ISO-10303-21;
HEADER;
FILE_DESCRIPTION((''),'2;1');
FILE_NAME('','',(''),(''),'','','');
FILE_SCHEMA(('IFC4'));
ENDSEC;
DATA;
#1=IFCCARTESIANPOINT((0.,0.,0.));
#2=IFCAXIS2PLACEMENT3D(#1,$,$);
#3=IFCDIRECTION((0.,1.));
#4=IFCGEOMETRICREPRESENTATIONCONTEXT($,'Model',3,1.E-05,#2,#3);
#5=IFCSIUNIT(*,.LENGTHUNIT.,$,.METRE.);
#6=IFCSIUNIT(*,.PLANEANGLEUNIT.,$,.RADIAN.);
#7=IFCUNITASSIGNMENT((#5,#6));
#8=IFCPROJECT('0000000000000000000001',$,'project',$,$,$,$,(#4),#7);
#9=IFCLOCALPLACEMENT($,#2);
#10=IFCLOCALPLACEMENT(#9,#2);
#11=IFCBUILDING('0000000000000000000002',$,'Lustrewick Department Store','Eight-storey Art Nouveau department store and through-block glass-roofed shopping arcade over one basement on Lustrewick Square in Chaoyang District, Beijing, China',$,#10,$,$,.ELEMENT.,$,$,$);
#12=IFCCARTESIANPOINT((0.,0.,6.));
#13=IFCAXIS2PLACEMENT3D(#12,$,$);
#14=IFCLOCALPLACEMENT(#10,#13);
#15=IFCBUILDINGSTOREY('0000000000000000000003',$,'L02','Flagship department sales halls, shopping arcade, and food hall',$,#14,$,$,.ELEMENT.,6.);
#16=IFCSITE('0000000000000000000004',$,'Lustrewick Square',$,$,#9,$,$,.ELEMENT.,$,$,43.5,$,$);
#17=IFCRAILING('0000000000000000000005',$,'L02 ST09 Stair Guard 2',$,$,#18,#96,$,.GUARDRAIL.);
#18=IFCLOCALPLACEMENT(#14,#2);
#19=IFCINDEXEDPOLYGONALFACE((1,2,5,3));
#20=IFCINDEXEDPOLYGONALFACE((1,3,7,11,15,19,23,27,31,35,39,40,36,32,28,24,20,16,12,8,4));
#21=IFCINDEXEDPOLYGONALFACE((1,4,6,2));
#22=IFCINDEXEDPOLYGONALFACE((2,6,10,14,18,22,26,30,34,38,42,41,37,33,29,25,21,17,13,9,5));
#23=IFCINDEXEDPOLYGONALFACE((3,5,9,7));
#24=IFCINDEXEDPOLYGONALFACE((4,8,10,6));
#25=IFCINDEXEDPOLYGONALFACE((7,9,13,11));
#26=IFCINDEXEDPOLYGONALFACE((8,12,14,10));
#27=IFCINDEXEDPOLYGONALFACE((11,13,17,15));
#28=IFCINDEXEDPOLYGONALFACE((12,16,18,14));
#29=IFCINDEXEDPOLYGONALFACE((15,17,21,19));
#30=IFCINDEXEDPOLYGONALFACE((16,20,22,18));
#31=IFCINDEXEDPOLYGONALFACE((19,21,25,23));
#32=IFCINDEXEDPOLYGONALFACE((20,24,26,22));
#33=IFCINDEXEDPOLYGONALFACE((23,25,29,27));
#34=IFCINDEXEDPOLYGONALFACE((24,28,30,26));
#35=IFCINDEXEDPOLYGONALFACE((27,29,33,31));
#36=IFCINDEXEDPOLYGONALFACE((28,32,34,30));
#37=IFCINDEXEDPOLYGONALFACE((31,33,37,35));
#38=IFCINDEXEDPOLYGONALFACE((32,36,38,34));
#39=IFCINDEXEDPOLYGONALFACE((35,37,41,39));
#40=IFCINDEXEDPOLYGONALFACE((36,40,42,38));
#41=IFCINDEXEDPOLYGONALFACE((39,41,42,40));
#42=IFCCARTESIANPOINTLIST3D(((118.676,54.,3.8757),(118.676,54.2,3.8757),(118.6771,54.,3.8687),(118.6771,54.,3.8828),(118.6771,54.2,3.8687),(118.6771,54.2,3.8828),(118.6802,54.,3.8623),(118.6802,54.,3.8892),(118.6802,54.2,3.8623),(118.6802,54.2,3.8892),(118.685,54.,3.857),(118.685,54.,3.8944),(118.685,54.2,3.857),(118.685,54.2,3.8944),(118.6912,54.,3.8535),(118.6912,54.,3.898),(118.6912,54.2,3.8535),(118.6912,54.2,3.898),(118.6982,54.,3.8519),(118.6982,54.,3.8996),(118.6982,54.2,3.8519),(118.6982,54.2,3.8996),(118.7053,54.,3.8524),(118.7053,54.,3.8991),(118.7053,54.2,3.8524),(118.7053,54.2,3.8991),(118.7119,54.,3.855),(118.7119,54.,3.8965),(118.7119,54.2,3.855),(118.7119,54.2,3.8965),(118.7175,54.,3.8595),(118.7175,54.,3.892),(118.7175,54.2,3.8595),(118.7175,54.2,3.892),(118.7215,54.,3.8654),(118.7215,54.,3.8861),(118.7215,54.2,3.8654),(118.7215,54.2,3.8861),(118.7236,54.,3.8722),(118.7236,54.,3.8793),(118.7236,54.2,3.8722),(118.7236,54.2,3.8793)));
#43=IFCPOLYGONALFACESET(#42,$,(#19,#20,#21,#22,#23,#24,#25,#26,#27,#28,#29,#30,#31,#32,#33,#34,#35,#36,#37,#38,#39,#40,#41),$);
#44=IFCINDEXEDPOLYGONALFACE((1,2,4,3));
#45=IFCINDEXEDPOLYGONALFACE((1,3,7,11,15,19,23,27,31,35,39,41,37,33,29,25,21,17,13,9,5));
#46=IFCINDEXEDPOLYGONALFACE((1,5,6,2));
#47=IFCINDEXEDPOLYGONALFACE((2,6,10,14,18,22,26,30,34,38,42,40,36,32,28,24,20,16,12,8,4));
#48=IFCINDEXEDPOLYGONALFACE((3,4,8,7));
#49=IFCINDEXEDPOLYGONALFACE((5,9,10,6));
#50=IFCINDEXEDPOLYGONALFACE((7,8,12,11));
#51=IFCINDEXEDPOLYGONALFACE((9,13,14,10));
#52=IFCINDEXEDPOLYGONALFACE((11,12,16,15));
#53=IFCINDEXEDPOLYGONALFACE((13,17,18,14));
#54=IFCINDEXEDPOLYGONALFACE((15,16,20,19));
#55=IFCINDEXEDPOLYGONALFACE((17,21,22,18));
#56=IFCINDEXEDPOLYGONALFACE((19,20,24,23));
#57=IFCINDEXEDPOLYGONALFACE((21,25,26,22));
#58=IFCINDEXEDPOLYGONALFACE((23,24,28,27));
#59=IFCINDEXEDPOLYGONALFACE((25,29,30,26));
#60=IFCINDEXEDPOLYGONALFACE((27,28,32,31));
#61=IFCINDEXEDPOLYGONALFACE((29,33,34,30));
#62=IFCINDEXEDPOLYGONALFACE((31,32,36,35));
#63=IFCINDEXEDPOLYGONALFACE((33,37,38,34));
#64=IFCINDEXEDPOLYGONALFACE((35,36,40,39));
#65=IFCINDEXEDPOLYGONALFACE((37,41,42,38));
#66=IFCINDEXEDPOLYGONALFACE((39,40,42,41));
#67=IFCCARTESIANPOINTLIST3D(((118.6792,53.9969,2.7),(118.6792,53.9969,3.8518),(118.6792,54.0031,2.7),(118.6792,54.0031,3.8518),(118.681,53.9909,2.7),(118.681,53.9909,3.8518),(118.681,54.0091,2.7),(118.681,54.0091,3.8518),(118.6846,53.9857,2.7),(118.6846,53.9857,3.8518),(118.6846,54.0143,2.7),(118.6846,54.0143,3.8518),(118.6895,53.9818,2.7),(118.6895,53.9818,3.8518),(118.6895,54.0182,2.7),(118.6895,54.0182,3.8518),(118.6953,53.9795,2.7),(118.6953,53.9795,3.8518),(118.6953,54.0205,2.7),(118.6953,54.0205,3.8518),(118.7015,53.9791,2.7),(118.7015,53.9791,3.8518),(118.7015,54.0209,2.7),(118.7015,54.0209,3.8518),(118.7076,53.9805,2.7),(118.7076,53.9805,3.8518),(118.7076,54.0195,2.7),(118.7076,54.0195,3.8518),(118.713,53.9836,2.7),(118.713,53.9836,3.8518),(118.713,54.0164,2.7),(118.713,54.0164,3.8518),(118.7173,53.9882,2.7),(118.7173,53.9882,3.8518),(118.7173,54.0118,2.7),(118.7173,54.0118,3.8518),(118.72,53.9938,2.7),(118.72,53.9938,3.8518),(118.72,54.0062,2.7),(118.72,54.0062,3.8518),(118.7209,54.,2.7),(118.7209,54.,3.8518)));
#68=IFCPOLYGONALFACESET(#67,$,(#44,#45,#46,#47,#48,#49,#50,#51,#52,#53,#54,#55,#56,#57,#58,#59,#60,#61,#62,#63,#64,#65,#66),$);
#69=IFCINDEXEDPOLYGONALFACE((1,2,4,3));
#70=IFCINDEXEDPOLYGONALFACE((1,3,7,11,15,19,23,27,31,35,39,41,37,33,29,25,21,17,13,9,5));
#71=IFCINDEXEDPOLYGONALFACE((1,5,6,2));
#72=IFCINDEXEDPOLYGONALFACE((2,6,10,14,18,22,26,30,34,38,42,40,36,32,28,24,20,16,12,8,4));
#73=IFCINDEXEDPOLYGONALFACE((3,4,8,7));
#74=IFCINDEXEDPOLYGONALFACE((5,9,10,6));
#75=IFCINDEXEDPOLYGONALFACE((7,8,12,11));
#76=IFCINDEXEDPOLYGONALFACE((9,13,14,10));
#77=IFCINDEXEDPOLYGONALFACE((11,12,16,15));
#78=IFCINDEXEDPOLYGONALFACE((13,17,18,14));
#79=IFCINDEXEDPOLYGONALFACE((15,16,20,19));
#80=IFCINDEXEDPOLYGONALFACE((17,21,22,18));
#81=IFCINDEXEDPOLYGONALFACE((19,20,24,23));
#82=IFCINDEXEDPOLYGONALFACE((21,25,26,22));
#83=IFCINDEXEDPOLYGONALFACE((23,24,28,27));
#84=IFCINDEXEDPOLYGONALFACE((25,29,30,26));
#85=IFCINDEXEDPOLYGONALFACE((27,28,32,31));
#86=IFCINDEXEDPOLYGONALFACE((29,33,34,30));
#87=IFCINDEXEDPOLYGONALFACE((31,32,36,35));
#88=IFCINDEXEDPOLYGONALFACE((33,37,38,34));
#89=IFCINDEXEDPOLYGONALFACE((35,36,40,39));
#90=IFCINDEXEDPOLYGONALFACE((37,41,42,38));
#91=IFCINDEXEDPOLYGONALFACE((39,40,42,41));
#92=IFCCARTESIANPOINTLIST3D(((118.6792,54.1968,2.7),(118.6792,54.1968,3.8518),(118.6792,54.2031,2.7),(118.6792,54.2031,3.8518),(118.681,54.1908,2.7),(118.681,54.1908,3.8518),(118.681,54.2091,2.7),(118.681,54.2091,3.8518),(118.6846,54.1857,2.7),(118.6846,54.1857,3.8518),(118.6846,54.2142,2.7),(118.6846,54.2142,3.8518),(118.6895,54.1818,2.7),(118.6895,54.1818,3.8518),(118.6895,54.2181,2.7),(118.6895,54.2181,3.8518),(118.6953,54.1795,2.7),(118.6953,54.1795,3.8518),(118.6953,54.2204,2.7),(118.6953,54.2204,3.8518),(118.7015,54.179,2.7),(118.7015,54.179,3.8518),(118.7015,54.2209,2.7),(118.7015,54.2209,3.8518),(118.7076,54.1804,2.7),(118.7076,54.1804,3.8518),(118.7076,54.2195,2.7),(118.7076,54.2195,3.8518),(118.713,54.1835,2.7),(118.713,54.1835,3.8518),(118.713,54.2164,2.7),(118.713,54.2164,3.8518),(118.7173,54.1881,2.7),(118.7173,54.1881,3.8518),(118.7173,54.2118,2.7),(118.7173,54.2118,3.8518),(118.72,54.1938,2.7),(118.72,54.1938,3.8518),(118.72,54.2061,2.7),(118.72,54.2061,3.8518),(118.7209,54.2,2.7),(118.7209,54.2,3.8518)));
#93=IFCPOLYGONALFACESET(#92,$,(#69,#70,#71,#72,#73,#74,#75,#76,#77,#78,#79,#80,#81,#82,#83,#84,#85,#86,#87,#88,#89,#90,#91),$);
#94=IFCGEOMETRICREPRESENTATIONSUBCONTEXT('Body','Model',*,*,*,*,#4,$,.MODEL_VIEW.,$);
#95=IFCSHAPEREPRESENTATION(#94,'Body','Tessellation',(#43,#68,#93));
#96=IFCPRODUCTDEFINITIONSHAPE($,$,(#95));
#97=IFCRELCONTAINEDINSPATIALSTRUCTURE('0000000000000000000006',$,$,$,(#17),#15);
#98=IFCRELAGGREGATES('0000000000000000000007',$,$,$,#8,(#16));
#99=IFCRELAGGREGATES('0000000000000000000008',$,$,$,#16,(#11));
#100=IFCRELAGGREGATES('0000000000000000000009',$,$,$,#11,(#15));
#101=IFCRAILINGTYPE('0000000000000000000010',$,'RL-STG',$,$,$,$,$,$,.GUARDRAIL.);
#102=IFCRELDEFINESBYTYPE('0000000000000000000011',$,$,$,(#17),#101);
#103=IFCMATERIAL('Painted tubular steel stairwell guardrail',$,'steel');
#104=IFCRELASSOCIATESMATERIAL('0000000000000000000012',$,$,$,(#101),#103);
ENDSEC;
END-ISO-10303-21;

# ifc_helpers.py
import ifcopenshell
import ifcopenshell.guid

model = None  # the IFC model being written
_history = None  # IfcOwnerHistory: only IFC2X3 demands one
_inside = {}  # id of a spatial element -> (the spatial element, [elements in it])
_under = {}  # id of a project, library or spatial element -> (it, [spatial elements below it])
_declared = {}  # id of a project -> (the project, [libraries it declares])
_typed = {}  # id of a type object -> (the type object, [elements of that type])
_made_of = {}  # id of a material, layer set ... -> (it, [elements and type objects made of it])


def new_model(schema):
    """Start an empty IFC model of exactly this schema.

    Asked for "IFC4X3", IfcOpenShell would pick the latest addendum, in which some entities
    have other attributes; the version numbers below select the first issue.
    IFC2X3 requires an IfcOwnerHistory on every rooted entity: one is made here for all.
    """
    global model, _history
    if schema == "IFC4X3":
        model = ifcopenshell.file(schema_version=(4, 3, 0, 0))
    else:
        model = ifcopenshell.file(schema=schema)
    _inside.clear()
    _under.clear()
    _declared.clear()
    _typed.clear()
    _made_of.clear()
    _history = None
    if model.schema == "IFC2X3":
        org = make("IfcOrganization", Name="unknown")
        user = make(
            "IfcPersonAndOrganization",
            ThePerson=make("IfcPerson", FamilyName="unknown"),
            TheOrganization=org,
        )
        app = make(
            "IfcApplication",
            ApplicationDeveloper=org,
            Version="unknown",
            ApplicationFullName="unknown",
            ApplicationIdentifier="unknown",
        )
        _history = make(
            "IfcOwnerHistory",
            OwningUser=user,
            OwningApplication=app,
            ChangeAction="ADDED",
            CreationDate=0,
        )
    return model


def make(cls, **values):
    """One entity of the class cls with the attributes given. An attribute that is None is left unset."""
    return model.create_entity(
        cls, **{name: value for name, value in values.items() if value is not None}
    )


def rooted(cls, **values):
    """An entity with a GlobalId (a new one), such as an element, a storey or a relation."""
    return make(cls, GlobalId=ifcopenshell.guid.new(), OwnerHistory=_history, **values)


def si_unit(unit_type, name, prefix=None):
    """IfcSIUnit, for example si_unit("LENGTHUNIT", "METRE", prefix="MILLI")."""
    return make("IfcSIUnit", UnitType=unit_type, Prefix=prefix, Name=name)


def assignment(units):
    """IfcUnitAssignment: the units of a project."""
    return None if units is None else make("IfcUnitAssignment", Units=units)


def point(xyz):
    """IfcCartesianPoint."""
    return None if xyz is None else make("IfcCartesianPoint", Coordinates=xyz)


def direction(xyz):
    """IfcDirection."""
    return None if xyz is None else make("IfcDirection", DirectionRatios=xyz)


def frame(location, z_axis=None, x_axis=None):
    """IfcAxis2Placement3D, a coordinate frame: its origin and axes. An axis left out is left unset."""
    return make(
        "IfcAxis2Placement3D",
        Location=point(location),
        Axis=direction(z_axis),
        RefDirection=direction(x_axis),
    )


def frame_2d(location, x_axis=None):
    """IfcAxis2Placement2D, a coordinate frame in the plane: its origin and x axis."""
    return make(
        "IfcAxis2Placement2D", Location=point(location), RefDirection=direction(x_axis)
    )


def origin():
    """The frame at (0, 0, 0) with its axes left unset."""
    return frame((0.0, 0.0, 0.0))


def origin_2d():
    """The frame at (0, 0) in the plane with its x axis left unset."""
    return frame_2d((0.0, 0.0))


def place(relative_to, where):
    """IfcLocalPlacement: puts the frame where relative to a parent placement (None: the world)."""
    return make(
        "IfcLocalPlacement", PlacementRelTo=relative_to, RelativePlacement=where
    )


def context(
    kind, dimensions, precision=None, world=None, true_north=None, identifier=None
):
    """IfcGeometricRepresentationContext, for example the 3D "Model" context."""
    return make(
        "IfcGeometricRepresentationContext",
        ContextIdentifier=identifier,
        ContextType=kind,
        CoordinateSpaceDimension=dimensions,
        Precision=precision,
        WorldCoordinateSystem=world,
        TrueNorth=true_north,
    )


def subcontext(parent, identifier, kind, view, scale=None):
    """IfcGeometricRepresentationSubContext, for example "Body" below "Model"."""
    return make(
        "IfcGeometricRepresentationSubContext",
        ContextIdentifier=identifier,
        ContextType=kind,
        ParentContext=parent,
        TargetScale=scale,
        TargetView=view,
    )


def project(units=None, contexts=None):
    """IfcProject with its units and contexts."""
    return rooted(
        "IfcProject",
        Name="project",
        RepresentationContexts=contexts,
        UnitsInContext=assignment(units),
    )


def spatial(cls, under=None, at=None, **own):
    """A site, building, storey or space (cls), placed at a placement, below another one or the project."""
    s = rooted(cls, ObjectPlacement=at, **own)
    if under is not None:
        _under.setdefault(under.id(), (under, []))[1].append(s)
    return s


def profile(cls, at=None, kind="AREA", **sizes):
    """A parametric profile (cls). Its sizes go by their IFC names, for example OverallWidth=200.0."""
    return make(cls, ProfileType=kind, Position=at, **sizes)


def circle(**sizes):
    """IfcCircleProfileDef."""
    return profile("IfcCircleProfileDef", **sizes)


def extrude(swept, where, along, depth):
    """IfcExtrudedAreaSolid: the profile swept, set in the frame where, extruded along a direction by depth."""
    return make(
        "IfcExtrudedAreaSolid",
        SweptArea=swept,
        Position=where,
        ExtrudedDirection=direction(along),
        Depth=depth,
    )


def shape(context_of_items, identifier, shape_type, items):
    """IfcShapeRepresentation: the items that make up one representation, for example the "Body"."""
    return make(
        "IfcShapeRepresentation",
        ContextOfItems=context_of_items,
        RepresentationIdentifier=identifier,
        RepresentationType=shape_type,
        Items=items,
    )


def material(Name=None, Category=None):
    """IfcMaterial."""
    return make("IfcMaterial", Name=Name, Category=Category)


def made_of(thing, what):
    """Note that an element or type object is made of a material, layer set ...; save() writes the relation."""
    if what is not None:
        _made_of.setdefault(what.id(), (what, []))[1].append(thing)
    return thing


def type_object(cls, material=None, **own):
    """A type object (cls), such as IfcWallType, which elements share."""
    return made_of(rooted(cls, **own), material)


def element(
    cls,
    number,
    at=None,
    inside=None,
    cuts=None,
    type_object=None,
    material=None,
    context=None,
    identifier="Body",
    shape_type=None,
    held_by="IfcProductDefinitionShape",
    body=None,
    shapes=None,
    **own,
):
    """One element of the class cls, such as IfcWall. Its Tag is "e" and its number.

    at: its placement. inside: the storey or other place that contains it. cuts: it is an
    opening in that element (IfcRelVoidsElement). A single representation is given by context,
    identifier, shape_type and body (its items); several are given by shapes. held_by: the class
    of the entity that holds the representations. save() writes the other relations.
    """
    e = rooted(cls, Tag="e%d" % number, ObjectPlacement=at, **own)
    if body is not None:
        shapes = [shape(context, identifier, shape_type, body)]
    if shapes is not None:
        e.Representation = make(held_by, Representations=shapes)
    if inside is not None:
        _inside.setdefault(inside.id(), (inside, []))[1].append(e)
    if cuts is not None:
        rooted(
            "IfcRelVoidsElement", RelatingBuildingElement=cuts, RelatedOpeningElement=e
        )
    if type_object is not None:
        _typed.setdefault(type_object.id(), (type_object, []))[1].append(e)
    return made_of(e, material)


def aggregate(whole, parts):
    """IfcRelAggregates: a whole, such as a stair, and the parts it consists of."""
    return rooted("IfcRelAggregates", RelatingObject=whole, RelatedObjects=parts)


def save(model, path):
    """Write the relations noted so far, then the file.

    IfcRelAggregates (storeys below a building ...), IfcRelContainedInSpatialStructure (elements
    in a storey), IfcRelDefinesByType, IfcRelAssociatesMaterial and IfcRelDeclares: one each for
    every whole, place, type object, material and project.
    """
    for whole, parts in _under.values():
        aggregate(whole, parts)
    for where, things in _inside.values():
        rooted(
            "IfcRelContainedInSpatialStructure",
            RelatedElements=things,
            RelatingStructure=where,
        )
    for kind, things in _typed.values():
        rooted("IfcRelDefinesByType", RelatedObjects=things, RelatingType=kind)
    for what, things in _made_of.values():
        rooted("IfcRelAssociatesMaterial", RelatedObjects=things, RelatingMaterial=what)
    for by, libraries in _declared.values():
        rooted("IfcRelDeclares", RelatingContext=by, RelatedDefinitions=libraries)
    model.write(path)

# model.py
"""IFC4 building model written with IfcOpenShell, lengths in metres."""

from ifc_helpers import new_model, si_unit, direction, frame, origin, origin_2d, place, context, subcontext, project, spatial, circle, extrude, material, type_object, element, save


model = new_model("IFC4")

# Units and contexts
model_context = context("Model", 3, precision=1e-05, world=origin(), true_north=direction((0.0, 1.0)))
body_context = subcontext(model_context, "Body", "Model", "MODEL_VIEW")
ifc_project = project(units=[si_unit("LENGTHUNIT", "METRE"), si_unit("PLANEANGLEUNIT", "RADIAN")], contexts=[model_context])

# Site, building, storey
site_placement = place(None, origin())
site = spatial("IfcSite", under=ifc_project, at=site_placement, Name="Lustrewick Square", CompositionType="ELEMENT", RefElevation=43.5)
building_placement = place(site_placement, origin())
building = spatial("IfcBuilding", under=site, at=building_placement, Name="Lustrewick Department Store", Description="Eight-storey Art Nouveau department store and through-block glass-roofed shopping arcade over one basement on Lustrewick Square in Chaoyang District, Beijing, China", CompositionType="ELEMENT")
storey_placement = place(building_placement, frame((0.0, 0.0, 6.0)))
storey = spatial("IfcBuildingStorey", under=building, at=storey_placement, Name="L02", Description="Flagship department sales halls, shopping arcade, and food hall", CompositionType="ELEMENT", Elevation=6.0)

# Railing
ifc_material_1 = material(Name="Painted tubular steel stairwell guardrail", Category="steel")
railing_type_1 = type_object("IfcRailingType", Name="RL-STG", PredefinedType="GUARDRAIL", material=ifc_material_1)
railing_1_placement = place(storey_placement, frame((118.7, 54.0, 2.7)))
element("IfcRailing", 1, at=railing_1_placement, inside=storey, type_object=railing_type_1, Name="L02 ST09 Stair Guard 2", PredefinedType="GUARDRAIL", context=body_context, shape_type="SweptSolid", body=[
    extrude(circle(Radius=0.0239, at=origin_2d()), frame((0.0, 0.0, 1.1758), z_axis=(0.0, 1.0, 0.0), x_axis=(-1.0, 0.0, 0.0)), (0.0, 0.0, 1.0), 0.2),
    extrude(circle(Radius=0.021, at=origin_2d()), origin(), (0.0, 0.0, 1.0), 1.1519),
    extrude(circle(Radius=0.021, at=origin_2d()), frame((0.0, 0.2, 0.0)), (0.0, 0.0, 1.0), 1.1519),
])

save(model, "model.ifc")
